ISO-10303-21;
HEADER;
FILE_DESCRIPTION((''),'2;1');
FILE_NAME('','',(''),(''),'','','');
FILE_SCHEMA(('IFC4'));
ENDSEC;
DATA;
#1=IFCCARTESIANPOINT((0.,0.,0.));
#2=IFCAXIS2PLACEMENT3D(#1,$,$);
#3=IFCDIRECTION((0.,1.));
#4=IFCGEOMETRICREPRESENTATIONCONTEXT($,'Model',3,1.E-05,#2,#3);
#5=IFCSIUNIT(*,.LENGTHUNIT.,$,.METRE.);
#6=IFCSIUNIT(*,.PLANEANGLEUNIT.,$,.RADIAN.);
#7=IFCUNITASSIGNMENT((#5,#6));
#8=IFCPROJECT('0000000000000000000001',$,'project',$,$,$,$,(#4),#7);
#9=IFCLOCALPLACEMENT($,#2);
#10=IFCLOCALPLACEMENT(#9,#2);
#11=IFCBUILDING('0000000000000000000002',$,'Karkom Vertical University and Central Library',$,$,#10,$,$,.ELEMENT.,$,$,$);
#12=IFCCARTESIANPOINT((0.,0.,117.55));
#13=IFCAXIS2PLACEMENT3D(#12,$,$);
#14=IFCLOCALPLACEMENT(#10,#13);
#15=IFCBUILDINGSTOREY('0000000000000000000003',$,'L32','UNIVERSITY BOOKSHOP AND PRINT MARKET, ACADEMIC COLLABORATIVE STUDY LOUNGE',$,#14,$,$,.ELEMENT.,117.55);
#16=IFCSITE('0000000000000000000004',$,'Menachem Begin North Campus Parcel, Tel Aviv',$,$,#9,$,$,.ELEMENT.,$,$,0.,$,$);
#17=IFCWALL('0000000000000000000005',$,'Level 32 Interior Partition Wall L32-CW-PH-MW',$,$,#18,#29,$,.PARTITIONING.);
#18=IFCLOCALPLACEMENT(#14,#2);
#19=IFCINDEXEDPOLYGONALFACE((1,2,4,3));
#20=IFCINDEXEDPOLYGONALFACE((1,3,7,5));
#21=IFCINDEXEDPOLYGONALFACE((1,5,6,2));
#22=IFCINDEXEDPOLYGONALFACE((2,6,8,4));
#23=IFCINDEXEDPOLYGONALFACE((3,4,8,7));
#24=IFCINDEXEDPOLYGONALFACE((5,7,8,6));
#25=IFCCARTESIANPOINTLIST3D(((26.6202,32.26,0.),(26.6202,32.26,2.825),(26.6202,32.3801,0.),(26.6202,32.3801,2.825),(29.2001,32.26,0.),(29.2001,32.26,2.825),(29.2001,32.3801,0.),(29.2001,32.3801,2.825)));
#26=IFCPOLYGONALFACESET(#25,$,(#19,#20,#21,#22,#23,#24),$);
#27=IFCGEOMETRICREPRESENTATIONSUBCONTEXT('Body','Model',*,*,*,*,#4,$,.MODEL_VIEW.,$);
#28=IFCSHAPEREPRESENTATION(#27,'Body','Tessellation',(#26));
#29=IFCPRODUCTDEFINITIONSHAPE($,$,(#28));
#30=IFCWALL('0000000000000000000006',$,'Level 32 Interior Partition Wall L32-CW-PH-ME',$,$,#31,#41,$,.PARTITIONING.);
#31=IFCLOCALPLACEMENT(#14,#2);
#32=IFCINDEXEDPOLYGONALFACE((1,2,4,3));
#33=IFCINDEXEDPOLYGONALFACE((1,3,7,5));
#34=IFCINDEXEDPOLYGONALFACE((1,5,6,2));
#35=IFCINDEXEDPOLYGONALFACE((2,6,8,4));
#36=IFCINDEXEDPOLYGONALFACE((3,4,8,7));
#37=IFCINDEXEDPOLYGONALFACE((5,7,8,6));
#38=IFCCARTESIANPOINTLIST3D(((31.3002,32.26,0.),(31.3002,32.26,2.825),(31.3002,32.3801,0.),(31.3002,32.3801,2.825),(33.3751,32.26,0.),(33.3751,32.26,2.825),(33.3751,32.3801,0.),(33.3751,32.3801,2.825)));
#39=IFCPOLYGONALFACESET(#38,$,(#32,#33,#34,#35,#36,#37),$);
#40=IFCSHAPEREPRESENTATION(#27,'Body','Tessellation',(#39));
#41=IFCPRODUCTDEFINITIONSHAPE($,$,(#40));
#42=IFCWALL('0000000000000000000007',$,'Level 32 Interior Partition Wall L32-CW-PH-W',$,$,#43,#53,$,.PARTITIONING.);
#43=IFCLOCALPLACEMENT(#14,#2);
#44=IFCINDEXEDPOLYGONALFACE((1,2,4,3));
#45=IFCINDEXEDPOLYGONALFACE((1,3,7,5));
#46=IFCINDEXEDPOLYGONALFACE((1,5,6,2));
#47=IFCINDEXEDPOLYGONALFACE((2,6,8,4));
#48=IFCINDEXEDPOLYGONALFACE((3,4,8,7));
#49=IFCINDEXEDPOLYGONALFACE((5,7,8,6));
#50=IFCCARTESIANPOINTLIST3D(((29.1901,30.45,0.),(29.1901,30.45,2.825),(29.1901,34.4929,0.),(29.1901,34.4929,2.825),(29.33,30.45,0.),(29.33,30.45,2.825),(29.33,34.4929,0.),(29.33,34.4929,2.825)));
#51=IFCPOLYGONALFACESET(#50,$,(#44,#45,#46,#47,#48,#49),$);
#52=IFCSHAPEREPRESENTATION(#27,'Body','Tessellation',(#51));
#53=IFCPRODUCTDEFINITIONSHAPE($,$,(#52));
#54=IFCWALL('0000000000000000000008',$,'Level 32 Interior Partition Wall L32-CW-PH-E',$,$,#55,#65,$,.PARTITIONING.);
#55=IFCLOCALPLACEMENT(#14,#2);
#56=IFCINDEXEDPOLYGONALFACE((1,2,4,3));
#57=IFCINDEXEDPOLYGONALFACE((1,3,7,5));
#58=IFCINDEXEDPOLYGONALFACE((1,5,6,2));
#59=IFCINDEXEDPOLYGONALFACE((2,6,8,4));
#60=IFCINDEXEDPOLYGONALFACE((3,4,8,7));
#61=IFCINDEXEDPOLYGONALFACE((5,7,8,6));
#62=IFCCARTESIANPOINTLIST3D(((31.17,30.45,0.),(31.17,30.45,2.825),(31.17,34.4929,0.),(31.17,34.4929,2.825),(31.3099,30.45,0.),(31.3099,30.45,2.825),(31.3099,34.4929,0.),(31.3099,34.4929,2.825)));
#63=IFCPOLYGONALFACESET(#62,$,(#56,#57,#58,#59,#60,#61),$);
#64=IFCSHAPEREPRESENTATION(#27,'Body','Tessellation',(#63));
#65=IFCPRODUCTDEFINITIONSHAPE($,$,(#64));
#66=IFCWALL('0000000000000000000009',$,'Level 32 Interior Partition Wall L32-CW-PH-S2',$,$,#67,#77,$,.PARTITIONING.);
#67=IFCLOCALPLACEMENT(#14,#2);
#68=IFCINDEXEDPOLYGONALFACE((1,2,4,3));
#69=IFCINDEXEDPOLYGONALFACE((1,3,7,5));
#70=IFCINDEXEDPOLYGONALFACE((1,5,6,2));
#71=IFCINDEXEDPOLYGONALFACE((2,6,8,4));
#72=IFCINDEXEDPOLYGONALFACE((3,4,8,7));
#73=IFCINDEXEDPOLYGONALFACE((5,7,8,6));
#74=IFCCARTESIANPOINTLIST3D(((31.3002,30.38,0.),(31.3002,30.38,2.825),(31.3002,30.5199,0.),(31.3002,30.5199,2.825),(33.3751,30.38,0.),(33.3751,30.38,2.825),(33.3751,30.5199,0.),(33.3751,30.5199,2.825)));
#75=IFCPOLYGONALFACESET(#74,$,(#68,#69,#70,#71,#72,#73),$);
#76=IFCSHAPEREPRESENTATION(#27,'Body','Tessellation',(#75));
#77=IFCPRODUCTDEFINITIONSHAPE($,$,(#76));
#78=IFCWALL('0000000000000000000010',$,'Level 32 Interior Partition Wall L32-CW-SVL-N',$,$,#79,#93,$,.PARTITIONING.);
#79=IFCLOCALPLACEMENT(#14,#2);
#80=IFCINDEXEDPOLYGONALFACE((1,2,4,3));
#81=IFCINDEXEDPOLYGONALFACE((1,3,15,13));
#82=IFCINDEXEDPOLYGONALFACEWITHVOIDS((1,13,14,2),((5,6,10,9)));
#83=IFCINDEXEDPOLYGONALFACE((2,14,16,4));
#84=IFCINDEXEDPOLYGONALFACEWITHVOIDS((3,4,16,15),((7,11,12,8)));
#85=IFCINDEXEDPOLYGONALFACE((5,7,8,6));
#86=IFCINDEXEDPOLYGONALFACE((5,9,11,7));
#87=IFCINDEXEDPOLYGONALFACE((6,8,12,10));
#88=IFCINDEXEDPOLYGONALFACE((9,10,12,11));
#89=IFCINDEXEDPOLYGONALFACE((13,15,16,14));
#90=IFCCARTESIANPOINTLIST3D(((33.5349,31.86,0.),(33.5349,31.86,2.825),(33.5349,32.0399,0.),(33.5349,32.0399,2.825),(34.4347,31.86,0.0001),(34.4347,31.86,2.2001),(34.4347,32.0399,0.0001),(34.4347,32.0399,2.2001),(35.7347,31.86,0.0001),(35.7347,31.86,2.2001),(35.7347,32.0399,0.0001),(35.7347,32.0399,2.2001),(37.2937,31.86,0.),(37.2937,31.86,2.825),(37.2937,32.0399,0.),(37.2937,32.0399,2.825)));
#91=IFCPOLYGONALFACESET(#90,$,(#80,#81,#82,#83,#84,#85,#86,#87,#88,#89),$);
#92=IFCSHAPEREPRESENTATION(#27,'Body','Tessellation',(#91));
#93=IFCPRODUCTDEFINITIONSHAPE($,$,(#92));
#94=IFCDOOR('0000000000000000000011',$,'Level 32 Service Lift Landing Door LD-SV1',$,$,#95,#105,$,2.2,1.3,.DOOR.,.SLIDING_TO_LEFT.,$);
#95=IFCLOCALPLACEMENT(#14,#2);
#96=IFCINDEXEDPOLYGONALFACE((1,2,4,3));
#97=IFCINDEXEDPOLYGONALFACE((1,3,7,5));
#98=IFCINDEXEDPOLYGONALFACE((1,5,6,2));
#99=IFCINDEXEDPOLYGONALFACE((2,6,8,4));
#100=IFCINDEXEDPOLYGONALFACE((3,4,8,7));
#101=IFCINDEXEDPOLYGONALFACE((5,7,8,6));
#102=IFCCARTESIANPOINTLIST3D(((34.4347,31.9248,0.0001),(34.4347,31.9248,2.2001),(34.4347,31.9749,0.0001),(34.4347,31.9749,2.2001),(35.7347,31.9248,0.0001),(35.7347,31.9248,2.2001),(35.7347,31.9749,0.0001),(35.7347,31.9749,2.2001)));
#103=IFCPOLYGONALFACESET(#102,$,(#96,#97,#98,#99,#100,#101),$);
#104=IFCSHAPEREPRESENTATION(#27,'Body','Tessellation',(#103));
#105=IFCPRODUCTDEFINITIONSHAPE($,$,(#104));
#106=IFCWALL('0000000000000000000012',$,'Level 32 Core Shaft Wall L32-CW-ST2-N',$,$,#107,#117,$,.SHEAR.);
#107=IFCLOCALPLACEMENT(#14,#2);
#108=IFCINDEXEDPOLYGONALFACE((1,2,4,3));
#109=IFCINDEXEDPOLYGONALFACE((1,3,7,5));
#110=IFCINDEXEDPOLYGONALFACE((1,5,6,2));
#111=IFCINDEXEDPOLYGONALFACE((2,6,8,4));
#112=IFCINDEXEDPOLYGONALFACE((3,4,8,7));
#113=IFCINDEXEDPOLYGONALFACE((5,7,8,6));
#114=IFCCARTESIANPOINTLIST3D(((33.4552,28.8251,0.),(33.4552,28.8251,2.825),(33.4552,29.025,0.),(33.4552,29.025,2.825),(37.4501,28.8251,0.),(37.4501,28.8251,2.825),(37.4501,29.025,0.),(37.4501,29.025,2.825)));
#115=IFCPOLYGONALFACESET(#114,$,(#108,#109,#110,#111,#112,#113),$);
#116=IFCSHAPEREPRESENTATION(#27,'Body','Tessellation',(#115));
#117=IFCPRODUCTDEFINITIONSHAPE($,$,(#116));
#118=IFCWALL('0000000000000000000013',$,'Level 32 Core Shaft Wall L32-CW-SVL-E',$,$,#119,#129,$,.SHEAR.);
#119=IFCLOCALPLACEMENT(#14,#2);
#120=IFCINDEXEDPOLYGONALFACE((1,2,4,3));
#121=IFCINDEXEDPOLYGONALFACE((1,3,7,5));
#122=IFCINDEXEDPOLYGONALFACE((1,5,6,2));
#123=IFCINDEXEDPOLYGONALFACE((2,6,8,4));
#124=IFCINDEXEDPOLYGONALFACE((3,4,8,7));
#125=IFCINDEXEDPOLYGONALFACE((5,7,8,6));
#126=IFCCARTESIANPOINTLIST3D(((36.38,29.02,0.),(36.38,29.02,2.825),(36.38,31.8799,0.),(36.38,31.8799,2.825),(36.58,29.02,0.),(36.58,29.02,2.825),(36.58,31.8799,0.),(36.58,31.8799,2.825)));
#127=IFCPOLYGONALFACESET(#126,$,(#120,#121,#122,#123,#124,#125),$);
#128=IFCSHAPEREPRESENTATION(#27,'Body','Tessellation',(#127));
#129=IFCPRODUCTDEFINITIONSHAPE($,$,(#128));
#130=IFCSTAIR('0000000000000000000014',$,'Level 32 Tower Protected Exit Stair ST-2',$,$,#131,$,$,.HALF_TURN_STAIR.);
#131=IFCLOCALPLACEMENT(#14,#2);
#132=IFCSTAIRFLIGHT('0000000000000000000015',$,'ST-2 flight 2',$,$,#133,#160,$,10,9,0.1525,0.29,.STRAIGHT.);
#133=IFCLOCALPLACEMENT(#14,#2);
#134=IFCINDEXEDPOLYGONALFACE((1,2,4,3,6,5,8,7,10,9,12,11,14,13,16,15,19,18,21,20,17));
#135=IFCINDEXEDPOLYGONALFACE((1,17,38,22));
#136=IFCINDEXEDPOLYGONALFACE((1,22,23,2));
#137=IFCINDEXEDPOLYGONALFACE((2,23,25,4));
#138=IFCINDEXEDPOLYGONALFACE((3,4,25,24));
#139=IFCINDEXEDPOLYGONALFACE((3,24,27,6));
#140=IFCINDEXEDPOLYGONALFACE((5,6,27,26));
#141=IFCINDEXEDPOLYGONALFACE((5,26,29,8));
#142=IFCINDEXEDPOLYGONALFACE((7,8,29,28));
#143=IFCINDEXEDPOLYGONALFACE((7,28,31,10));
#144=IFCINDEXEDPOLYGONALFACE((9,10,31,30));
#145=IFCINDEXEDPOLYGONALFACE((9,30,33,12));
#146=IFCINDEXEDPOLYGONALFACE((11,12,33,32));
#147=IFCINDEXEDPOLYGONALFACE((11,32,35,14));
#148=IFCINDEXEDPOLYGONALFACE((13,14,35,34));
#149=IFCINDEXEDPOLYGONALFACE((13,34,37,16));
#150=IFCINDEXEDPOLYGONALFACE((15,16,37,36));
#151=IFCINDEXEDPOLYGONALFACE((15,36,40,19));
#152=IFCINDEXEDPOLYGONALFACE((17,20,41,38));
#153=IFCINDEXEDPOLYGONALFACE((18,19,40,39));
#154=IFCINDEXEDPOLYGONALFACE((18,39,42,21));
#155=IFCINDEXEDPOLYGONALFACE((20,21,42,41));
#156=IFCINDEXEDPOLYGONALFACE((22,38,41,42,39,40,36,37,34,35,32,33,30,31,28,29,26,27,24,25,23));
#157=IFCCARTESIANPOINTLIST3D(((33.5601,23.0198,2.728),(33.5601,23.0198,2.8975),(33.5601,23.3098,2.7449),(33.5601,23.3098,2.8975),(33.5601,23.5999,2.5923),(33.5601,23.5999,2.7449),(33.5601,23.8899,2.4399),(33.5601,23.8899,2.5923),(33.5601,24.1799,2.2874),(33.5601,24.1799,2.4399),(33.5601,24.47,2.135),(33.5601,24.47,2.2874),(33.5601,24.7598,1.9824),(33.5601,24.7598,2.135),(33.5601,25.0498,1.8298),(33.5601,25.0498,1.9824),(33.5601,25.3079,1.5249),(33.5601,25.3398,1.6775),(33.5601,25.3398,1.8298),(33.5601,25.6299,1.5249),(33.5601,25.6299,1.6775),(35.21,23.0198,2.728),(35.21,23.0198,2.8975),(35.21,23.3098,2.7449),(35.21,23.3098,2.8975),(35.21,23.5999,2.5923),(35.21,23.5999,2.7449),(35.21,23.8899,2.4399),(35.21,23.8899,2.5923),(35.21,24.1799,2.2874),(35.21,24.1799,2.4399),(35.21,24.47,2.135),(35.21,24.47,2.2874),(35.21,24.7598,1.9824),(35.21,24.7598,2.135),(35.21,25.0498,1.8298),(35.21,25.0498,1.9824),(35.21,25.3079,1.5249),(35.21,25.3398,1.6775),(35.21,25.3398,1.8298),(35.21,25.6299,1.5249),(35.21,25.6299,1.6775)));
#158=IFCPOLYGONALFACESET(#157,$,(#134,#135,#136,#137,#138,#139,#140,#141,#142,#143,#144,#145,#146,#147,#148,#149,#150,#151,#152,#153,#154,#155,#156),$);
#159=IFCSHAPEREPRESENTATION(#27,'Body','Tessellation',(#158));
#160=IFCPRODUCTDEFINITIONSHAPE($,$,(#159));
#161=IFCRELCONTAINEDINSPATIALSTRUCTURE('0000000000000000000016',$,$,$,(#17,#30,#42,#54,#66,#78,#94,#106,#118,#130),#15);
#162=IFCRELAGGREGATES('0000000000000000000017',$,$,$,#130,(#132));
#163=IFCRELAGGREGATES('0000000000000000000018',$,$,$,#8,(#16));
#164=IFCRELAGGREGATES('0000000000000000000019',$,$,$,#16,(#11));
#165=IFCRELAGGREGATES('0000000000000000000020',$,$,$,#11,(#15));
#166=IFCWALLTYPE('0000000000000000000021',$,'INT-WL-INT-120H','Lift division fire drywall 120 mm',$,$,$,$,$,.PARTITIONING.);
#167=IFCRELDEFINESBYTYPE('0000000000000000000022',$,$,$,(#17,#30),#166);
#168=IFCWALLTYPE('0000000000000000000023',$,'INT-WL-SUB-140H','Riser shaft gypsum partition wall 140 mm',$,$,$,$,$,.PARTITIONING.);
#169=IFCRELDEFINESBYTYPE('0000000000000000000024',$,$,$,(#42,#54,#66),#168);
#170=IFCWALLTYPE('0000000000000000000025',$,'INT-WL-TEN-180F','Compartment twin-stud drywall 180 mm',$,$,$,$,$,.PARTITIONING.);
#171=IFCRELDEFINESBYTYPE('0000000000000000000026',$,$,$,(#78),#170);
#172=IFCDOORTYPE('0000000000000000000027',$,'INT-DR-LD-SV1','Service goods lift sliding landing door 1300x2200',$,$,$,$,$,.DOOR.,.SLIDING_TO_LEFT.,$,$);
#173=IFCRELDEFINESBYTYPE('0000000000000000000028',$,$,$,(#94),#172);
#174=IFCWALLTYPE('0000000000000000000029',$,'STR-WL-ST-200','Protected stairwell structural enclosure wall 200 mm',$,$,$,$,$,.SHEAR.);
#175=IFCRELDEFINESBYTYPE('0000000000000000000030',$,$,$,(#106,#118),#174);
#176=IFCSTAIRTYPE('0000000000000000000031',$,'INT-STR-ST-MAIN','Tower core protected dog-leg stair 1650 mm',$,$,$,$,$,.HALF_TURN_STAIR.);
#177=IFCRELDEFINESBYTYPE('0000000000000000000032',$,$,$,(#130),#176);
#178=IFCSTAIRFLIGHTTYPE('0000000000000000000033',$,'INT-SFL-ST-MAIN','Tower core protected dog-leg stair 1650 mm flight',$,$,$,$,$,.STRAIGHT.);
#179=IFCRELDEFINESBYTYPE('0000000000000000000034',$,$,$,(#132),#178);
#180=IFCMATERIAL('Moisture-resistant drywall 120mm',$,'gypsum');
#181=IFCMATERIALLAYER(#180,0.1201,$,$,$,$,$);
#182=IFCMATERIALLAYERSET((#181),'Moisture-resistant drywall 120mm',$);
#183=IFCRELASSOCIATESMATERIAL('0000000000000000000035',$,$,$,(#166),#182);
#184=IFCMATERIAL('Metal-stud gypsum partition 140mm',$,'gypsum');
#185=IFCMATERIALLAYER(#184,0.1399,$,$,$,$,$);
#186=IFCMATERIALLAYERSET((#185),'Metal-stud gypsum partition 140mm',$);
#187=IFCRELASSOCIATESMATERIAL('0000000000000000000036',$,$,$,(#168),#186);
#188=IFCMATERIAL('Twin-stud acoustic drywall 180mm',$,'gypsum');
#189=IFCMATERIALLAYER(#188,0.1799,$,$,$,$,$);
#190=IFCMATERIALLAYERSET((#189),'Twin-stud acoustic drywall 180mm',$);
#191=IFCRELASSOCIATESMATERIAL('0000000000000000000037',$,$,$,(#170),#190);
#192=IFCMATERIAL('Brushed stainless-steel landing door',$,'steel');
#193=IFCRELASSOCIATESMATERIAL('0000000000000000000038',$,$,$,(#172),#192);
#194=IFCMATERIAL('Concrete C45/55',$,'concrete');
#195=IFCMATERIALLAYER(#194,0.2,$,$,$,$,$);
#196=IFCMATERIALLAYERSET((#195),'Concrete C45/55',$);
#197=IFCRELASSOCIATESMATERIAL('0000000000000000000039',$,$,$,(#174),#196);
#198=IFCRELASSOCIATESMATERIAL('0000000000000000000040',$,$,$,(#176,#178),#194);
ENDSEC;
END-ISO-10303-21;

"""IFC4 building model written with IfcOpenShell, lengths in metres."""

from ifc_helpers import new_model, si_unit, direction, frame, frame_2d, origin, origin_with_axes, place, context, subcontext, project, spatial, polyline, rectangle, outline, extrude, source, transform, mapped, material, layer, layer_set, type_object, element, fill, aggregate, save


model = new_model("IFC4")

# Units and contexts
model_context = context("Model", 3, precision=1e-05, world=origin(), true_north=direction((0.0, 1.0)))
body_context = subcontext(model_context, "Body", "Model", "MODEL_VIEW")
ifc_project = project(units=[si_unit("LENGTHUNIT", "METRE"), si_unit("PLANEANGLEUNIT", "RADIAN")], contexts=[model_context])

# Site, building, storey
site_placement = place(None, origin())
site = spatial("IfcSite", under=ifc_project, at=site_placement, Name="Menachem Begin North Campus Parcel, Tel Aviv", CompositionType="ELEMENT", RefElevation=0.0)
building_placement = place(site_placement, origin())
building = spatial("IfcBuilding", under=site, at=building_placement, Name="Karkom Vertical University and Central Library", CompositionType="ELEMENT")
storey_placement = place(building_placement, frame((0.0, 0.0, 117.55)))
storey = spatial("IfcBuildingStorey", under=building, at=storey_placement, Name="L32", Description="UNIVERSITY BOOKSHOP AND PRINT MARKET, ACADEMIC COLLABORATIVE STUDY LOUNGE", CompositionType="ELEMENT", Elevation=117.55)

# Walls
ifc_material_1 = material(Name="Moisture-resistant drywall 120mm", Category="gypsum")
ifc_layer_1 = layer(ifc_material_1, 0.1201)
ifc_layer_set_1 = layer_set([ifc_layer_1], Name="Moisture-resistant drywall 120mm")
wall_type_1 = type_object("IfcWallType", Name="INT-WL-INT-120H", Description="Lift division fire drywall 120 mm", PredefinedType="PARTITIONING", material=ifc_layer_set_1)
wall_1_placement = place(storey_placement, frame((26.6201, 32.3201, 0.0), z_axis=(0.0, 0.0, 1.0), x_axis=(1.0, 0.0, 0.0)))
element("IfcWall", 1, at=wall_1_placement, inside=storey, type_object=wall_type_1, Name="Level 32 Interior Partition Wall L32-CW-PH-MW", PredefinedType="PARTITIONING", context=body_context, shape_type="SweptSolid", body=[
    extrude(rectangle(XDim=2.5798, YDim=0.1201, at=frame_2d((1.29, 0.0))), origin(), (0.0, 0.0, 1.0), 2.825),
])
wall_2_placement = place(storey_placement, frame((31.3, 32.3201, 0.0), z_axis=(0.0, 0.0, 1.0), x_axis=(1.0, 0.0, 0.0)))
element("IfcWall", 2, at=wall_2_placement, inside=storey, type_object=wall_type_1, Name="Level 32 Interior Partition Wall L32-CW-PH-ME", PredefinedType="PARTITIONING", context=body_context, shape_type="SweptSolid", body=[
    extrude(rectangle(XDim=2.075, YDim=0.1201, at=frame_2d((1.0376, 0.0))), origin(), (0.0, 0.0, 1.0), 2.825),
])
ifc_material_2 = material(Name="Metal-stud gypsum partition 140mm", Category="gypsum")
ifc_layer_2 = layer(ifc_material_2, 0.1399)
ifc_layer_set_2 = layer_set([ifc_layer_2], Name="Metal-stud gypsum partition 140mm")
wall_type_2 = type_object("IfcWallType", Name="INT-WL-SUB-140H", Description="Riser shaft gypsum partition wall 140 mm", PredefinedType="PARTITIONING", material=ifc_layer_set_2)
for number, where, z_axis, x_axis, name in (
    (3, (29.26, 30.45, 0.0), (0.0, 0.0, 1.0), (0.0, 1.0, 0.0), "Level 32 Interior Partition Wall L32-CW-PH-W"),
    (4, (31.24, 30.45, 0.0), (0.0, 0.0, 1.0), (0.0, 1.0, 0.0), "Level 32 Interior Partition Wall L32-CW-PH-E"),
):
    element("IfcWall", number, at=place(storey_placement, frame(where, z_axis=z_axis, x_axis=x_axis)), inside=storey, type_object=wall_type_2, Name=name, PredefinedType="PARTITIONING", context=body_context, shape_type="SweptSolid", body=[
        extrude(rectangle(XDim=4.043, YDim=0.1399, at=frame_2d((2.0215, 0.0))), origin(), (0.0, 0.0, 1.0), 2.825),
    ])
wall_3_placement = place(storey_placement, frame((31.3, 30.45, 0.0), z_axis=(0.0, 0.0, 1.0), x_axis=(1.0, 0.0, 0.0)))
element("IfcWall", 5, at=wall_3_placement, inside=storey, type_object=wall_type_2, Name="Level 32 Interior Partition Wall L32-CW-PH-S2", PredefinedType="PARTITIONING", context=body_context, shape_type="SweptSolid", body=[
    extrude(rectangle(XDim=2.075, YDim=0.1399, at=frame_2d((1.0376, 0.0))), origin(), (0.0, 0.0, 1.0), 2.825),
])

# Wall, opening, door
ifc_material_3 = material(Name="Twin-stud acoustic drywall 180mm", Category="gypsum")
ifc_layer_3 = layer(ifc_material_3, 0.1799)
ifc_layer_set_3 = layer_set([ifc_layer_3], Name="Twin-stud acoustic drywall 180mm")
wall_type_3 = type_object("IfcWallType", Name="INT-WL-TEN-180F", Description="Compartment twin-stud drywall 180 mm", PredefinedType="PARTITIONING", material=ifc_layer_set_3)
wall_4_placement = place(storey_placement, frame((33.5349, 31.95, 0.0), z_axis=(0.0, 0.0, 1.0), x_axis=(1.0, 0.0, 0.0)))
wall_4 = element("IfcWall", 6, at=wall_4_placement, inside=storey, type_object=wall_type_3, Name="Level 32 Interior Partition Wall L32-CW-SVL-N", PredefinedType="PARTITIONING", context=body_context, shape_type="SweptSolid", body=[
    extrude(rectangle(XDim=3.7588, YDim=0.1799, at=frame_2d((1.8794, 0.0))), origin(), (0.0, 0.0, 1.0), 2.825),
])
opening_1_placement = place(wall_4_placement, frame((0.8999, 0.0, 0.0)))
opening_1 = element("IfcOpeningElement", 7, at=opening_1_placement, cuts=wall_4, PredefinedType="OPENING", context=body_context, shape_type="SweptSolid", body=[
    extrude(rectangle(XDim=1.3, YDim=2.2, at=frame_2d((0.6499, 1.1001))), frame((0.0, 0.1001, 0.0), z_axis=(0.0, -1.0, 0.0), x_axis=(1.0, 0.0, 0.0)), (0.0, 0.0, 1.0), 0.2),
])
ifc_material_4 = material(Name="Brushed stainless-steel landing door", Category="steel")
door_type_1 = type_object("IfcDoorType", Name="INT-DR-LD-SV1", Description="Service goods lift sliding landing door 1300x2200", OperationType="SLIDING_TO_LEFT", PredefinedType="DOOR", material=ifc_material_4)
shared_shape_1 = source(origin_with_axes(), body_context, "Body", "SweptSolid", [
    extrude(rectangle(XDim=1.3, YDim=2.2, at=frame_2d((0.6499, 1.1001))), frame((0.0, 0.0249, 0.0), z_axis=(0.0, -1.0, 0.0), x_axis=(1.0, 0.0, 0.0)), (0.0, 0.0, 1.0), 0.05),
])
door_1_placement = place(opening_1_placement, origin())
door_1 = element("IfcDoor", 8, at=door_1_placement, inside=storey, type_object=door_type_1, Name="Level 32 Service Lift Landing Door LD-SV1", OperationType="SLIDING_TO_LEFT", OverallHeight=2.2, OverallWidth=1.3, PredefinedType="DOOR", context=body_context, shape_type="MappedRepresentation", body=[
    mapped(shared_shape_1, transform((0.0, 0.0, 0.0), scale=1.0)),
])
fill(opening_1, door_1)

# Walls
ifc_material_5 = material(Name="Concrete C45/55", Category="concrete")
ifc_layer_4 = layer(ifc_material_5, 0.2)
ifc_layer_set_4 = layer_set([ifc_layer_4], Name="Concrete C45/55")
wall_type_4 = type_object("IfcWallType", Name="STR-WL-ST-200", Description="Protected stairwell structural enclosure wall 200 mm", PredefinedType="SHEAR", material=ifc_layer_set_4)
wall_5_placement = place(storey_placement, frame((33.4551, 28.925, 0.0), z_axis=(0.0, 0.0, 1.0), x_axis=(1.0, 0.0, 0.0)))
element("IfcWall", 9, at=wall_5_placement, inside=storey, type_object=wall_type_4, Name="Level 32 Core Shaft Wall L32-CW-ST2-N", PredefinedType="SHEAR", context=body_context, shape_type="SweptSolid", body=[
    extrude(rectangle(XDim=3.9949, YDim=0.2, at=frame_2d((1.9976, 0.0))), origin(), (0.0, 0.0, 1.0), 2.825),
])
wall_6_placement = place(storey_placement, frame((36.48, 29.02, 0.0), z_axis=(0.0, 0.0, 1.0), x_axis=(0.0, 1.0, 0.0)))
element("IfcWall", 10, at=wall_6_placement, inside=storey, type_object=wall_type_4, Name="Level 32 Core Shaft Wall L32-CW-SVL-E", PredefinedType="SHEAR", context=body_context, shape_type="SweptSolid", body=[
    extrude(rectangle(XDim=2.8599, YDim=0.2, at=frame_2d((1.4299, 0.0))), origin(), (0.0, 0.0, 1.0), 2.825),
])

# Stair, stair flight
stair_type = type_object("IfcStairType", Name="INT-STR-ST-MAIN", Description="Tower core protected dog-leg stair 1650 mm", PredefinedType="HALF_TURN_STAIR", material=ifc_material_5)
stair_placement = place(storey_placement, origin())
stair = element("IfcStair", 11, at=stair_placement, inside=storey, type_object=stair_type, Name="Level 32 Tower Protected Exit Stair ST-2", PredefinedType="HALF_TURN_STAIR")
stair_flight_type = type_object("IfcStairFlightType", Name="INT-SFL-ST-MAIN", Description="Tower core protected dog-leg stair 1650 mm flight", PredefinedType="STRAIGHT", material=ifc_material_5)
stair_flight_placement = place(storey_placement, frame((34.385, 25.6299, 1.5249), z_axis=(0.0, 0.0, 1.0), x_axis=(0.0, -1.0, 0.0)))
stair_flight = element("IfcStairFlight", 12, at=stair_flight_placement, type_object=stair_flight_type, Name="ST-2 flight 2", NumberOfRisers=10, NumberOfTreads=9, PredefinedType="STRAIGHT", RiserHeight=0.1525, TreadLength=0.29, context=body_context, shape_type="SweptSolid", body=[
    extrude(outline(polyline([(0.0, 0.0), (0.0, 0.1526), (0.29, 0.1526), (0.29, 0.3049), (0.5801, 0.3049), (0.5801, 0.4575), (0.8701, 0.4575), (0.8701, 0.6101), (1.1599, 0.6101), (1.1599, 0.7625), (1.45, 0.7625), (1.45, 0.915), (1.74, 0.915), (1.74, 1.0674), (2.03, 1.0674), (2.03, 1.22), (2.3201, 1.22), (2.3201, 1.3726), (2.6101, 1.3726), (2.6101, 1.5249), (2.6101, 1.2031), (0.322, 0.0), (0.0, 0.0)])), frame((0.0, 0.825, 0.0), z_axis=(0.0, -1.0, 0.0), x_axis=(1.0, 0.0, 0.0)), (0.0, 0.0, 1.0), 1.6499),
])
aggregate(stair, [stair_flight])

save(model, "model.ifc")
